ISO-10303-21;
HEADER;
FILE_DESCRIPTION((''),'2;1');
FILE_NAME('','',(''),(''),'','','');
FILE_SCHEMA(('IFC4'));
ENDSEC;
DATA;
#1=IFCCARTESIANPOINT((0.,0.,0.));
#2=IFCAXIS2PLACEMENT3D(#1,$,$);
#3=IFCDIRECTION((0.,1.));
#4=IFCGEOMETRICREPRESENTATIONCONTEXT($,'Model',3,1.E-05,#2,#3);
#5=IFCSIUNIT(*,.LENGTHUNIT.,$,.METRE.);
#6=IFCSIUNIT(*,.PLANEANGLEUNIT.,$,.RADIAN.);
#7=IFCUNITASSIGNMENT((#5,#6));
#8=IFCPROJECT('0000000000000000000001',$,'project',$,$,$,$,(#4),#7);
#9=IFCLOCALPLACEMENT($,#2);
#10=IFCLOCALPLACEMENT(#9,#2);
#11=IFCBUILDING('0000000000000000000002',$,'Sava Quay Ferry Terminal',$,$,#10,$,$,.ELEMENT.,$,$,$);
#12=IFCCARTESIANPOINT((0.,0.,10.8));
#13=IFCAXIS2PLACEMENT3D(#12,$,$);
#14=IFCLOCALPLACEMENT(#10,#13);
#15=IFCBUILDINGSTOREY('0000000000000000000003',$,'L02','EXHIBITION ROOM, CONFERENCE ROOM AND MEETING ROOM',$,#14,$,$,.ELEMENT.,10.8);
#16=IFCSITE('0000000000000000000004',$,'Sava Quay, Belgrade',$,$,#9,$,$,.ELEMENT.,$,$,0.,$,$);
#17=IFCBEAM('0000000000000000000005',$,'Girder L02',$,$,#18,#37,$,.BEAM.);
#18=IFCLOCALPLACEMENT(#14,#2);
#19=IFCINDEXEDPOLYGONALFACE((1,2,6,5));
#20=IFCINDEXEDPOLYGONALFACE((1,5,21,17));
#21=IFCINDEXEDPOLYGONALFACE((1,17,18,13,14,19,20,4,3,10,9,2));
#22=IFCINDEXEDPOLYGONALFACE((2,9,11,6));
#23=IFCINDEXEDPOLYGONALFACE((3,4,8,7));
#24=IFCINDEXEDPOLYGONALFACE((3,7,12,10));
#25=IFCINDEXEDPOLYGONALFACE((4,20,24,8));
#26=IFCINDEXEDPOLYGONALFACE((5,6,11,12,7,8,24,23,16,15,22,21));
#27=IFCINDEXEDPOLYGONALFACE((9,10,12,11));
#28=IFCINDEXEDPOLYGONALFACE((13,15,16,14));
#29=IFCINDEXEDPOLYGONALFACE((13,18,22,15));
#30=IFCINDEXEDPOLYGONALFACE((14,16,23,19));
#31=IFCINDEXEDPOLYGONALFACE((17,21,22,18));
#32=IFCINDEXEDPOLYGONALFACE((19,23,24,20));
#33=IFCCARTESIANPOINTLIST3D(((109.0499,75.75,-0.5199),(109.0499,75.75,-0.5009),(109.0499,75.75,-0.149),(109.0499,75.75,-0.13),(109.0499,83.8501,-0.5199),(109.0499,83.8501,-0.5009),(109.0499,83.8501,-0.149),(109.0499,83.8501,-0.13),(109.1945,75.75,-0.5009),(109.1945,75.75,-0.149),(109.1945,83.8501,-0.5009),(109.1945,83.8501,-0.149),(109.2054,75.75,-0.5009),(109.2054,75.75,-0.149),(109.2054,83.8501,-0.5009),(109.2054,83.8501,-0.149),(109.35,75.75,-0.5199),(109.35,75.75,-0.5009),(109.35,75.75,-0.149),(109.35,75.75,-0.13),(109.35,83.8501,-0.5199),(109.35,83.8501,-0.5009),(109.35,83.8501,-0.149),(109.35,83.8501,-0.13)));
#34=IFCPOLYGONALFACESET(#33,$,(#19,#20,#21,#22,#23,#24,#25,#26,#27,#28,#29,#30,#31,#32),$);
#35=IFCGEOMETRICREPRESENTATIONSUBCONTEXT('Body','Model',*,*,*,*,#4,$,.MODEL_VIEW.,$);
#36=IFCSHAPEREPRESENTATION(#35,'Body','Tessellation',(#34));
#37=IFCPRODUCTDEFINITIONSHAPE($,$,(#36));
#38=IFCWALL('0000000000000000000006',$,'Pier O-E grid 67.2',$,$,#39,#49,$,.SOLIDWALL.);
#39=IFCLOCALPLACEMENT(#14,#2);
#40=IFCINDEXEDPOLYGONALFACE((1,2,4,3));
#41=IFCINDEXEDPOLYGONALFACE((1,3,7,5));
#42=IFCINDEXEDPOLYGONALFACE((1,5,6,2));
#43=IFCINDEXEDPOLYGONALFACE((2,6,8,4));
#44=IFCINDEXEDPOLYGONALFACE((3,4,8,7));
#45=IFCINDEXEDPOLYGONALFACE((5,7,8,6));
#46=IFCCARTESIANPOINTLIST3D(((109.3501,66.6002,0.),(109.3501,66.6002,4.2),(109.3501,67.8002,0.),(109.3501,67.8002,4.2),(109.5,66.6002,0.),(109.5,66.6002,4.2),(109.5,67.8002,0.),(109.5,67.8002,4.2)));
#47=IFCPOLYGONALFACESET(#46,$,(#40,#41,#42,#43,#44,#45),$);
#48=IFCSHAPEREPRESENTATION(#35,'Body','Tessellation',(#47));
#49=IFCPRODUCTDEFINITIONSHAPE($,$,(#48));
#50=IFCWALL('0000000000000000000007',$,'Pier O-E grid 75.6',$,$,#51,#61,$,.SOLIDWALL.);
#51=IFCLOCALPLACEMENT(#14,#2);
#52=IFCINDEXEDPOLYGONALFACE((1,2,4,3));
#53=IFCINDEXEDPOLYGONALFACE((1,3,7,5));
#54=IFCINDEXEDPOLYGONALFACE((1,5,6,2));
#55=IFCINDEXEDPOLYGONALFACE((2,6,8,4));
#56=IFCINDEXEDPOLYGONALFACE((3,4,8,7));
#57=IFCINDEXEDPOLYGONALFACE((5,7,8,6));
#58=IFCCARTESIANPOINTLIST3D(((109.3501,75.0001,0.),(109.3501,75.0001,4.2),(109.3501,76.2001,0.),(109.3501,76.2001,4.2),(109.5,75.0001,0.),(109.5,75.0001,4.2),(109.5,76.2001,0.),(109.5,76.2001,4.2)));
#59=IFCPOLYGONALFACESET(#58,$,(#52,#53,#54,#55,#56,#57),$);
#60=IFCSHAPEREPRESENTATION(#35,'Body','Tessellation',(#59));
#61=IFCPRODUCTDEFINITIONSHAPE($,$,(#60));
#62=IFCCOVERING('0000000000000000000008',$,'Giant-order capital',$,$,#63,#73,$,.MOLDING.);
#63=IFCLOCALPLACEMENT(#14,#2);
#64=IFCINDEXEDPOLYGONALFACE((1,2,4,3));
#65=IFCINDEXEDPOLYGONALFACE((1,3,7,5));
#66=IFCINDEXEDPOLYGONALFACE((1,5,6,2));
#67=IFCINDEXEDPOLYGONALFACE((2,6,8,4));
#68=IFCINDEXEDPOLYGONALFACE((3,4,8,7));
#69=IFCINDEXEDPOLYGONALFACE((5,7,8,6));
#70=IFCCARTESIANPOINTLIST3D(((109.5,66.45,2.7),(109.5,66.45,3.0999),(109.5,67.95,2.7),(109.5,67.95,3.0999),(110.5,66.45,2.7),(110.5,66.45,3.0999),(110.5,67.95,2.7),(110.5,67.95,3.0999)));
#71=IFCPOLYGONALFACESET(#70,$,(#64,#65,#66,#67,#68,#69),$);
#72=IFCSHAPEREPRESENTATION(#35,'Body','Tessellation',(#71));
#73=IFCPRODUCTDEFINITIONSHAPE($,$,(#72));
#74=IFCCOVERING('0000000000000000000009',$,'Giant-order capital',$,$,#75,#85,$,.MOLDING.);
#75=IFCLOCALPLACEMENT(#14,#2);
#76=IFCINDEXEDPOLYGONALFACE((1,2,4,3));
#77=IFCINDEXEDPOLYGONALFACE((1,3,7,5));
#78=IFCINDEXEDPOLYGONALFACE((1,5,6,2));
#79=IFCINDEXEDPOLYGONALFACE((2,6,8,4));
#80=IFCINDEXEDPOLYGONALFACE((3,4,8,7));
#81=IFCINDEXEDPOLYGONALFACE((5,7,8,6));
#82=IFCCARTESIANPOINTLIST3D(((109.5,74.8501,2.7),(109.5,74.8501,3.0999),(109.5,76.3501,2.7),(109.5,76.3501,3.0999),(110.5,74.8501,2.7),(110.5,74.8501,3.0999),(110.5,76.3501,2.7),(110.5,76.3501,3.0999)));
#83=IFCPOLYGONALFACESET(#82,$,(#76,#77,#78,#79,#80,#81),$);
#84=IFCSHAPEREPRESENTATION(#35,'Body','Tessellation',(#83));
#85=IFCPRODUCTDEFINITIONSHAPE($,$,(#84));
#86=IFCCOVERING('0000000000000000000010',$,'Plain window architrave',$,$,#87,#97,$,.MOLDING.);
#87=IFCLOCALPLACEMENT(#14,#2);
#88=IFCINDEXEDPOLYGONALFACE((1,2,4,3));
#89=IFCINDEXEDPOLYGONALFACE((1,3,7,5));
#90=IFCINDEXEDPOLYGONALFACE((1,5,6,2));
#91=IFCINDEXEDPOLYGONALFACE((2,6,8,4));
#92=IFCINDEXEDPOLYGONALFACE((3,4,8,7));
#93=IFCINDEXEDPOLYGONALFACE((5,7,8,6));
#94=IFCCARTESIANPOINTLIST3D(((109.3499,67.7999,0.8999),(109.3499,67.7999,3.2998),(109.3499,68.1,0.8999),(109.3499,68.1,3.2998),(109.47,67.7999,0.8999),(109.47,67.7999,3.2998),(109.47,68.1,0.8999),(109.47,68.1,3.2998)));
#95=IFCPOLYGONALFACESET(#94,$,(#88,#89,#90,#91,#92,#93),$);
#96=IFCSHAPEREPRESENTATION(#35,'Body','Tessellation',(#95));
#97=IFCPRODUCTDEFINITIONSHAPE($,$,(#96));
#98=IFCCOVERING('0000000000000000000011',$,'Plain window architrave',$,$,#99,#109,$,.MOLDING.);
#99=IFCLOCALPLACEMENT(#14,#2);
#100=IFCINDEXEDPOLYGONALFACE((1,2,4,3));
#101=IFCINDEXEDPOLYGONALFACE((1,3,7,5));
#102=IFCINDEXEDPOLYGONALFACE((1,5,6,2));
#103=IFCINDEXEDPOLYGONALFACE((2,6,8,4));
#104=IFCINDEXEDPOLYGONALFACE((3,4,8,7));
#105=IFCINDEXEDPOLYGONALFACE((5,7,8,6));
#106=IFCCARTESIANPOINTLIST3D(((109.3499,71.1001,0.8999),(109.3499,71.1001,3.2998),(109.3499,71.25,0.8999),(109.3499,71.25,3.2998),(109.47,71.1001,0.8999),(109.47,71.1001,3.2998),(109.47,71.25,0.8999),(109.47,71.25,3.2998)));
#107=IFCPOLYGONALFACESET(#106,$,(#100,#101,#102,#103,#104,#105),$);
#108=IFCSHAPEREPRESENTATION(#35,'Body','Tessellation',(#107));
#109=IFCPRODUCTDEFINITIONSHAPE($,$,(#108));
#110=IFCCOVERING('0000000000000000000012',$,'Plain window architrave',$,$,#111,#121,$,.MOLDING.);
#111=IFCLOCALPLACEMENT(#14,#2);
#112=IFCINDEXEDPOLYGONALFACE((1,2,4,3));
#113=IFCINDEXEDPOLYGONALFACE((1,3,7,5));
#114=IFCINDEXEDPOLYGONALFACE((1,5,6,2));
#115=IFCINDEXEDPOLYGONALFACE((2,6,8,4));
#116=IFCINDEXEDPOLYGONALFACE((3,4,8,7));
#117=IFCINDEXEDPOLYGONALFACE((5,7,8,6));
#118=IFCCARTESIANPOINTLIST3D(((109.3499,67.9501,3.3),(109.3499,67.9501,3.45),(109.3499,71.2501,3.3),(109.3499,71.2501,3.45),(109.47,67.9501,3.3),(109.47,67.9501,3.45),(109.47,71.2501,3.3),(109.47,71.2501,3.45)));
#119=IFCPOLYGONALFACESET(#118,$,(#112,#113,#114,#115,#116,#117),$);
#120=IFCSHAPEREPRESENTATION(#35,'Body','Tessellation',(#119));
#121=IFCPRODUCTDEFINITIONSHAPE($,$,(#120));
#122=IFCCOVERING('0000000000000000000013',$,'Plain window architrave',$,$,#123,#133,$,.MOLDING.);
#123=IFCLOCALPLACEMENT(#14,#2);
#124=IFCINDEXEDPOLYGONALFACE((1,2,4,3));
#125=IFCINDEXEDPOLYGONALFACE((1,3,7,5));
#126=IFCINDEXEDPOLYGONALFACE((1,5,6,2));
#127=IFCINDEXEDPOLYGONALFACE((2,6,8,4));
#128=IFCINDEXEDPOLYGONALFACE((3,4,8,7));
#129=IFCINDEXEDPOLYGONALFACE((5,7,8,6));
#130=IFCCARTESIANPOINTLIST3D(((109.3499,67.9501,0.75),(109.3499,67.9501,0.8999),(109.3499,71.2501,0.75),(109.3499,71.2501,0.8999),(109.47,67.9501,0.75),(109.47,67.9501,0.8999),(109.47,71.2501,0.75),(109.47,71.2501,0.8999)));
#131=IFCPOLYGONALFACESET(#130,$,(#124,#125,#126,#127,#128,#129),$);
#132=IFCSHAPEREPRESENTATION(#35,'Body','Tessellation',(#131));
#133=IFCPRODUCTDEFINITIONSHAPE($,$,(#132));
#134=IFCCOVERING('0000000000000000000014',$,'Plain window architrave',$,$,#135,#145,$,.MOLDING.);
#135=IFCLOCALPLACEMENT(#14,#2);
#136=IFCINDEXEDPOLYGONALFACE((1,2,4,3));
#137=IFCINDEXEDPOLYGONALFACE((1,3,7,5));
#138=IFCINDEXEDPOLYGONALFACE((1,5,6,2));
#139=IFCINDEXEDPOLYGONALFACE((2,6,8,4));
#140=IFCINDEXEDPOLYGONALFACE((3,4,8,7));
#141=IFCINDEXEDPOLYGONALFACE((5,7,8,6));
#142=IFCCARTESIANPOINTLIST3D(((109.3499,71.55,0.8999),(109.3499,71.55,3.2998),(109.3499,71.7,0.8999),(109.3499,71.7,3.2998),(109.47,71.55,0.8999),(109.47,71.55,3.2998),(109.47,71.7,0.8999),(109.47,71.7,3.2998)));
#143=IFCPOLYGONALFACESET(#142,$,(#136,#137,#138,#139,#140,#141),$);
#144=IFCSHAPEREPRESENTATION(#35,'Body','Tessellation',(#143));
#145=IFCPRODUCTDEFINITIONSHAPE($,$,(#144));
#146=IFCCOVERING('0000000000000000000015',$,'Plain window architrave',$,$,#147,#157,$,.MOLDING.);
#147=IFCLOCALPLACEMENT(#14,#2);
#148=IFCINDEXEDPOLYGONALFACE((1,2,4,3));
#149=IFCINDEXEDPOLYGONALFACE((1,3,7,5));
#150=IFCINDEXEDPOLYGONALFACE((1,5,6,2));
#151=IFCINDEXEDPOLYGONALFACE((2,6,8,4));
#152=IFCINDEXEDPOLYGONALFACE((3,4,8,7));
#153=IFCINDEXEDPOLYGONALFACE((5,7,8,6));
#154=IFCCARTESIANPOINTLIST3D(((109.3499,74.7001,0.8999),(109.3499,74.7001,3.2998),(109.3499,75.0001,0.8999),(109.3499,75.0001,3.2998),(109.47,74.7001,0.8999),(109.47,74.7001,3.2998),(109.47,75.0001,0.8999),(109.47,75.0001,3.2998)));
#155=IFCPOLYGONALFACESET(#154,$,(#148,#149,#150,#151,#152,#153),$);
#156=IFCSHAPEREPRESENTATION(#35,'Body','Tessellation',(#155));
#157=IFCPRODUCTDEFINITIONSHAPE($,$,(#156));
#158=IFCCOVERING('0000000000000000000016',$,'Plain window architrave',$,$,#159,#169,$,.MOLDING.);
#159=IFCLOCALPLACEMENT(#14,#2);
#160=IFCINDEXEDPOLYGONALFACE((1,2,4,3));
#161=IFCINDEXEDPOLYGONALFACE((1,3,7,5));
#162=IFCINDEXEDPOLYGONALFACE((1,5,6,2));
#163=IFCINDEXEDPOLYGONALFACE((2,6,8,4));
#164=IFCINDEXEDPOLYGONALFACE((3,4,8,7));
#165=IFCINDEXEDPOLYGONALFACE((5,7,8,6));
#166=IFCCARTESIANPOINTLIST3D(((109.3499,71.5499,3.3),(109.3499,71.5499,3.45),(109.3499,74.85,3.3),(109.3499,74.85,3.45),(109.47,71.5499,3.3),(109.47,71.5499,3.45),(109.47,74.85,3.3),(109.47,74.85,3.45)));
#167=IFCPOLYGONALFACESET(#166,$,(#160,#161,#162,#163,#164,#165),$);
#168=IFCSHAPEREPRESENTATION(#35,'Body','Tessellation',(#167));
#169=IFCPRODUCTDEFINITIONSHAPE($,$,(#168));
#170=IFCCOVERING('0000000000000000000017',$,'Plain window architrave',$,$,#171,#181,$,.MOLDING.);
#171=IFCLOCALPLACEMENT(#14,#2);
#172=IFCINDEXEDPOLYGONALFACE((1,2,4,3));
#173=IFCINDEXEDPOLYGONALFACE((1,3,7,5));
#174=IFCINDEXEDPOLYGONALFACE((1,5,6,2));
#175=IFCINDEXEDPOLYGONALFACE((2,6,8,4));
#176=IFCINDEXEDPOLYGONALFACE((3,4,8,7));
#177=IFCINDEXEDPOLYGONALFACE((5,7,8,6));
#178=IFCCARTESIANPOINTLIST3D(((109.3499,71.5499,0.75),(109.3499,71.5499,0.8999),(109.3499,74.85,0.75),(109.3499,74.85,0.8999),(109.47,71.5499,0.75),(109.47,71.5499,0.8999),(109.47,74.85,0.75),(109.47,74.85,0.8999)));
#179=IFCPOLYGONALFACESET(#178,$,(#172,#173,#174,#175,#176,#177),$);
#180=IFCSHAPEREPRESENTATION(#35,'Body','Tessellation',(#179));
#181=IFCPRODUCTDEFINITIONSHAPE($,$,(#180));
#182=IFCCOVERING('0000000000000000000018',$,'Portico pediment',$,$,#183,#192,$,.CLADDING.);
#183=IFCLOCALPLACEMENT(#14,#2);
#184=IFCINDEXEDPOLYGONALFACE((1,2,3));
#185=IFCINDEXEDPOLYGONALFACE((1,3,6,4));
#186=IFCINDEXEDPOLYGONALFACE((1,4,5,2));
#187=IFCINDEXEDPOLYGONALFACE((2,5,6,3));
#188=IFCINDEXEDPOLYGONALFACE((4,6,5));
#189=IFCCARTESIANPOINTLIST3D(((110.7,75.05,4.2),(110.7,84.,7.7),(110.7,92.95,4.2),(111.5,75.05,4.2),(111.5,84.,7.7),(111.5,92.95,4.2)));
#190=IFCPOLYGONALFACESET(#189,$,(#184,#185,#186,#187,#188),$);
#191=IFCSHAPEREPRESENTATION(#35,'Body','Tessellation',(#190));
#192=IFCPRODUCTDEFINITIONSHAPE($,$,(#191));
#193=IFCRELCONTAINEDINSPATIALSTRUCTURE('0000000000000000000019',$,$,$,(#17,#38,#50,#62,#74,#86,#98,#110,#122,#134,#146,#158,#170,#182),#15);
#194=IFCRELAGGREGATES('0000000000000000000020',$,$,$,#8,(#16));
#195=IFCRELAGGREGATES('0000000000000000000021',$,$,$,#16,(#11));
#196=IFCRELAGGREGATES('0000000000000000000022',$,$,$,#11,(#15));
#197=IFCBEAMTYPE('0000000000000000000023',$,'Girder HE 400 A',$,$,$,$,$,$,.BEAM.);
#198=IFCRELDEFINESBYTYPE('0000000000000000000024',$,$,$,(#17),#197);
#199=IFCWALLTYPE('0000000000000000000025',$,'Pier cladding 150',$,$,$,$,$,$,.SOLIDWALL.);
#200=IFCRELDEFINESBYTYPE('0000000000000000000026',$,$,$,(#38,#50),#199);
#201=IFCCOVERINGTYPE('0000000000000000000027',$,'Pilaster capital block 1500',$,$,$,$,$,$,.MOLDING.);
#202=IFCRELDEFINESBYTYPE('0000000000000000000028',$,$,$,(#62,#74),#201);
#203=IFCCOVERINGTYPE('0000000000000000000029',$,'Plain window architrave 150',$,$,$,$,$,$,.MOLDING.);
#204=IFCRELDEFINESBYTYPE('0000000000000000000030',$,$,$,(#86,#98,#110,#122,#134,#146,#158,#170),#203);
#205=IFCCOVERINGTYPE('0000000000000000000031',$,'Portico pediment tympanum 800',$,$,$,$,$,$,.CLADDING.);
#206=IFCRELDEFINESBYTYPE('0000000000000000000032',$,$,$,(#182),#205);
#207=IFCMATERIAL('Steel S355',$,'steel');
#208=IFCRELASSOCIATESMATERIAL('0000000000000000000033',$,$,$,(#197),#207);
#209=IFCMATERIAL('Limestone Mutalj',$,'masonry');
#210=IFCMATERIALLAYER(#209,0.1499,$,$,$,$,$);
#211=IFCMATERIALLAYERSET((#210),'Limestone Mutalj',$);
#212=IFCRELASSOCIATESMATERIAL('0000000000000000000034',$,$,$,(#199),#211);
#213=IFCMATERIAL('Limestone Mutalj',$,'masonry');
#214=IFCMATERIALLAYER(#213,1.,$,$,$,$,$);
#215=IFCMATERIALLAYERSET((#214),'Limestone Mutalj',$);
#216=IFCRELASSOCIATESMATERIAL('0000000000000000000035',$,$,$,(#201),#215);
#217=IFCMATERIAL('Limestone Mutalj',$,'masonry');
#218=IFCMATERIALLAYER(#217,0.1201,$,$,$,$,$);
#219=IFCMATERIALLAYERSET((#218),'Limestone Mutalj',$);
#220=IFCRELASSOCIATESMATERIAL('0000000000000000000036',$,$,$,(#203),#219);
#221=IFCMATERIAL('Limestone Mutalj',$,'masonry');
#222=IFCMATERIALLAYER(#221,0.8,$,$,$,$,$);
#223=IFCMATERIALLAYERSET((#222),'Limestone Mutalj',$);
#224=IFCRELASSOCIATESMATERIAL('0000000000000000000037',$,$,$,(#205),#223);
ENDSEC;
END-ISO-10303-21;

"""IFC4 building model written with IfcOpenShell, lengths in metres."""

from ifc_helpers import new_model, si_unit, direction, frame, frame_2d, origin, origin_2d, place, context, subcontext, project, spatial, polyline, rectangle, i_section, outline, extrude, material, layer, layer_set, material_profile, profile_set, type_object, element, save


model = new_model("IFC4")

# Units and contexts
model_context = context("Model", 3, precision=1e-05, world=origin(), true_north=direction((0.0, 1.0)))
body_context = subcontext(model_context, "Body", "Model", "MODEL_VIEW")
ifc_project = project(units=[si_unit("LENGTHUNIT", "METRE"), si_unit("PLANEANGLEUNIT", "RADIAN")], contexts=[model_context])

# Site, building, storey
site_placement = place(None, origin())
site = spatial("IfcSite", under=ifc_project, at=site_placement, Name="Sava Quay, Belgrade", CompositionType="ELEMENT", RefElevation=0.0)
building_placement = place(site_placement, origin())
building = spatial("IfcBuilding", under=site, at=building_placement, Name="Sava Quay Ferry Terminal", CompositionType="ELEMENT")
storey_placement = place(building_placement, frame((0.0, 0.0, 10.8)))
storey = spatial("IfcBuildingStorey", under=building, at=storey_placement, Name="L02", Description="EXHIBITION ROOM, CONFERENCE ROOM AND MEETING ROOM", CompositionType="ELEMENT", Elevation=10.8)

# Beam
ifc_material_1 = material(Name="Steel S355", Category="steel")
ifc_material_profile = material_profile(ifc_material_1, i_section(OverallWidth=0.3, OverallDepth=0.3899, WebThickness=0.011, FlangeThickness=0.019, at=origin_2d()), Name="HE 400 A")
ifc_profile_set = profile_set([ifc_material_profile], Name="Steel S355")
beam_type = type_object("IfcBeamType", Name="Girder HE 400 A", PredefinedType="BEAM", material=ifc_profile_set)
beam_placement = place(storey_placement, frame((109.2, 75.75, -0.325), z_axis=(0.0, 1.0, 0.0), x_axis=(-1.0, 0.0, 0.0)))
element("IfcBeam", 1, at=beam_placement, inside=storey, type_object=beam_type, Name="Girder L02", PredefinedType="BEAM", context=body_context, shape_type="SweptSolid", body=[
    extrude(i_section(OverallWidth=0.3, OverallDepth=0.3899, WebThickness=0.011, FlangeThickness=0.019, at=origin_2d()), origin(), (0.0, 0.0, 1.0), 8.1001),
])

# Walls
ifc_material_2 = material(Name="Limestone Mutalj", Category="masonry")
ifc_layer_1 = layer(ifc_material_2, 0.1499)
ifc_layer_set_1 = layer_set([ifc_layer_1], Name="Limestone Mutalj")
wall_type = type_object("IfcWallType", Name="Pier cladding 150", PredefinedType="SOLIDWALL", material=ifc_layer_set_1)
for number, where, z_axis, x_axis, name in (
    (2, (109.425, 66.6001, 0.0), (0.0, 0.0, 1.0), (0.0, 1.0, 0.0), "Pier O-E grid 67.2"),
    (3, (109.425, 75.0, 0.0), (0.0, 0.0, 1.0), (0.0, 1.0, 0.0), "Pier O-E grid 75.6"),
):
    element("IfcWall", number, at=place(storey_placement, frame(where, z_axis=z_axis, x_axis=x_axis)), inside=storey, type_object=wall_type, Name=name, PredefinedType="SOLIDWALL", context=body_context, shape_type="SweptSolid", body=[
        extrude(rectangle(XDim=1.2, YDim=0.1499, at=frame_2d((0.6001, 0.0))), origin(), (0.0, 0.0, 1.0), 4.2),
    ])

# Coverings
ifc_material_3 = material(Name="Limestone Mutalj", Category="masonry")
ifc_layer_2 = layer(ifc_material_3, 1.0)
ifc_layer_set_2 = layer_set([ifc_layer_2], Name="Limestone Mutalj")
covering_type_1 = type_object("IfcCoveringType", Name="Pilaster capital block 1500", PredefinedType="MOLDING", material=ifc_layer_set_2)
for number, where, z_axis, x_axis, name in (
    (4, (110.0, 67.2, 2.7), (0.0, 0.0, 1.0), (1.0, 0.0, 0.0), "Giant-order capital"),
    (5, (110.0, 75.6001, 2.7), (0.0, 0.0, 1.0), (1.0, 0.0, 0.0), "Giant-order capital"),
):
    element("IfcCovering", number, at=place(storey_placement, frame(where, z_axis=z_axis, x_axis=x_axis)), inside=storey, type_object=covering_type_1, Name=name, PredefinedType="MOLDING", context=body_context, shape_type="SweptSolid", body=[
        extrude(rectangle(XDim=1.0, YDim=1.5, at=origin_2d()), origin(), (0.0, 0.0, 1.0), 0.3999),
    ])
ifc_material_4 = material(Name="Limestone Mutalj", Category="masonry")
ifc_layer_3 = layer(ifc_material_4, 0.1201)
ifc_layer_set_3 = layer_set([ifc_layer_3], Name="Limestone Mutalj")
covering_type_2 = type_object("IfcCoveringType", Name="Plain window architrave 150", PredefinedType="MOLDING", material=ifc_layer_set_3)
covering_1_placement = place(storey_placement, frame((109.4099, 67.95, 0.8999), z_axis=(0.0, 0.0, 1.0), x_axis=(1.0, 0.0, 0.0)))
element("IfcCovering", 6, at=covering_1_placement, inside=storey, type_object=covering_type_2, Name="Plain window architrave", PredefinedType="MOLDING", context=body_context, shape_type="SweptSolid", body=[
    extrude(rectangle(XDim=0.1201, YDim=0.3, at=origin_2d()), origin(), (0.0, 0.0, 1.0), 2.3999),
])
covering_2_placement = place(storey_placement, frame((109.4099, 71.175, 0.8999), z_axis=(0.0, 0.0, 1.0), x_axis=(1.0, 0.0, 0.0)))
element("IfcCovering", 7, at=covering_2_placement, inside=storey, type_object=covering_type_2, Name="Plain window architrave", PredefinedType="MOLDING", context=body_context, shape_type="SweptSolid", body=[
    extrude(rectangle(XDim=0.1201, YDim=0.1499, at=origin_2d()), origin(), (0.0, 0.0, 1.0), 2.3999),
])
for number, where, z_axis, x_axis, name in (
    (8, (109.4099, 69.6001, 3.3), (0.0, 0.0, 1.0), (1.0, 0.0, 0.0), "Plain window architrave"),
    (9, (109.4099, 69.6001, 0.75), (0.0, 0.0, 1.0), (1.0, 0.0, 0.0), "Plain window architrave"),
):
    element("IfcCovering", number, at=place(storey_placement, frame(where, z_axis=z_axis, x_axis=x_axis)), inside=storey, type_object=covering_type_2, Name=name, PredefinedType="MOLDING", context=body_context, shape_type="SweptSolid", body=[
        extrude(rectangle(XDim=0.1201, YDim=3.3, at=origin_2d()), origin(), (0.0, 0.0, 1.0), 0.1499),
    ])
covering_3_placement = place(storey_placement, frame((109.4099, 71.625, 0.8999), z_axis=(0.0, 0.0, 1.0), x_axis=(1.0, 0.0, 0.0)))
element("IfcCovering", 10, at=covering_3_placement, inside=storey, type_object=covering_type_2, Name="Plain window architrave", PredefinedType="MOLDING", context=body_context, shape_type="SweptSolid", body=[
    extrude(rectangle(XDim=0.1201, YDim=0.1499, at=origin_2d()), origin(), (0.0, 0.0, 1.0), 2.3999),
])
covering_4_placement = place(storey_placement, frame((109.4099, 74.8501, 0.8999), z_axis=(0.0, 0.0, 1.0), x_axis=(1.0, 0.0, 0.0)))
element("IfcCovering", 11, at=covering_4_placement, inside=storey, type_object=covering_type_2, Name="Plain window architrave", PredefinedType="MOLDING", context=body_context, shape_type="SweptSolid", body=[
    extrude(rectangle(XDim=0.1201, YDim=0.3, at=origin_2d()), origin(), (0.0, 0.0, 1.0), 2.3999),
])
for number, where, z_axis, x_axis, name in (
    (12, (109.4099, 73.2, 3.3), (0.0, 0.0, 1.0), (1.0, 0.0, 0.0), "Plain window architrave"),
    (13, (109.4099, 73.2, 0.75), (0.0, 0.0, 1.0), (1.0, 0.0, 0.0), "Plain window architrave"),
):
    element("IfcCovering", number, at=place(storey_placement, frame(where, z_axis=z_axis, x_axis=x_axis)), inside=storey, type_object=covering_type_2, Name=name, PredefinedType="MOLDING", context=body_context, shape_type="SweptSolid", body=[
        extrude(rectangle(XDim=0.1201, YDim=3.3, at=origin_2d()), origin(), (0.0, 0.0, 1.0), 0.1499),
    ])
ifc_material_5 = material(Name="Limestone Mutalj", Category="masonry")
ifc_layer_4 = layer(ifc_material_5, 0.8)
ifc_layer_set_4 = layer_set([ifc_layer_4], Name="Limestone Mutalj")
covering_type_3 = type_object("IfcCoveringType", Name="Portico pediment tympanum 800", PredefinedType="CLADDING", material=ifc_layer_set_4)
covering_5_placement = place(storey_placement, frame((111.5, 75.05, 4.2), z_axis=(1.0, 0.0, 0.0), x_axis=(0.0, 1.0, 0.0)))
element("IfcCovering", 14, at=covering_5_placement, inside=storey, type_object=covering_type_3, Name="Portico pediment", PredefinedType="CLADDING", context=body_context, shape_type="SweptSolid", body=[
    extrude(outline(polyline([(0.0, 0.0), (17.8999, 0.0), (8.95, 3.5), (0.0, 0.0)])), origin(), (0.0, 0.0, -1.0), 0.8),
])

save(model, "model.ifc")
